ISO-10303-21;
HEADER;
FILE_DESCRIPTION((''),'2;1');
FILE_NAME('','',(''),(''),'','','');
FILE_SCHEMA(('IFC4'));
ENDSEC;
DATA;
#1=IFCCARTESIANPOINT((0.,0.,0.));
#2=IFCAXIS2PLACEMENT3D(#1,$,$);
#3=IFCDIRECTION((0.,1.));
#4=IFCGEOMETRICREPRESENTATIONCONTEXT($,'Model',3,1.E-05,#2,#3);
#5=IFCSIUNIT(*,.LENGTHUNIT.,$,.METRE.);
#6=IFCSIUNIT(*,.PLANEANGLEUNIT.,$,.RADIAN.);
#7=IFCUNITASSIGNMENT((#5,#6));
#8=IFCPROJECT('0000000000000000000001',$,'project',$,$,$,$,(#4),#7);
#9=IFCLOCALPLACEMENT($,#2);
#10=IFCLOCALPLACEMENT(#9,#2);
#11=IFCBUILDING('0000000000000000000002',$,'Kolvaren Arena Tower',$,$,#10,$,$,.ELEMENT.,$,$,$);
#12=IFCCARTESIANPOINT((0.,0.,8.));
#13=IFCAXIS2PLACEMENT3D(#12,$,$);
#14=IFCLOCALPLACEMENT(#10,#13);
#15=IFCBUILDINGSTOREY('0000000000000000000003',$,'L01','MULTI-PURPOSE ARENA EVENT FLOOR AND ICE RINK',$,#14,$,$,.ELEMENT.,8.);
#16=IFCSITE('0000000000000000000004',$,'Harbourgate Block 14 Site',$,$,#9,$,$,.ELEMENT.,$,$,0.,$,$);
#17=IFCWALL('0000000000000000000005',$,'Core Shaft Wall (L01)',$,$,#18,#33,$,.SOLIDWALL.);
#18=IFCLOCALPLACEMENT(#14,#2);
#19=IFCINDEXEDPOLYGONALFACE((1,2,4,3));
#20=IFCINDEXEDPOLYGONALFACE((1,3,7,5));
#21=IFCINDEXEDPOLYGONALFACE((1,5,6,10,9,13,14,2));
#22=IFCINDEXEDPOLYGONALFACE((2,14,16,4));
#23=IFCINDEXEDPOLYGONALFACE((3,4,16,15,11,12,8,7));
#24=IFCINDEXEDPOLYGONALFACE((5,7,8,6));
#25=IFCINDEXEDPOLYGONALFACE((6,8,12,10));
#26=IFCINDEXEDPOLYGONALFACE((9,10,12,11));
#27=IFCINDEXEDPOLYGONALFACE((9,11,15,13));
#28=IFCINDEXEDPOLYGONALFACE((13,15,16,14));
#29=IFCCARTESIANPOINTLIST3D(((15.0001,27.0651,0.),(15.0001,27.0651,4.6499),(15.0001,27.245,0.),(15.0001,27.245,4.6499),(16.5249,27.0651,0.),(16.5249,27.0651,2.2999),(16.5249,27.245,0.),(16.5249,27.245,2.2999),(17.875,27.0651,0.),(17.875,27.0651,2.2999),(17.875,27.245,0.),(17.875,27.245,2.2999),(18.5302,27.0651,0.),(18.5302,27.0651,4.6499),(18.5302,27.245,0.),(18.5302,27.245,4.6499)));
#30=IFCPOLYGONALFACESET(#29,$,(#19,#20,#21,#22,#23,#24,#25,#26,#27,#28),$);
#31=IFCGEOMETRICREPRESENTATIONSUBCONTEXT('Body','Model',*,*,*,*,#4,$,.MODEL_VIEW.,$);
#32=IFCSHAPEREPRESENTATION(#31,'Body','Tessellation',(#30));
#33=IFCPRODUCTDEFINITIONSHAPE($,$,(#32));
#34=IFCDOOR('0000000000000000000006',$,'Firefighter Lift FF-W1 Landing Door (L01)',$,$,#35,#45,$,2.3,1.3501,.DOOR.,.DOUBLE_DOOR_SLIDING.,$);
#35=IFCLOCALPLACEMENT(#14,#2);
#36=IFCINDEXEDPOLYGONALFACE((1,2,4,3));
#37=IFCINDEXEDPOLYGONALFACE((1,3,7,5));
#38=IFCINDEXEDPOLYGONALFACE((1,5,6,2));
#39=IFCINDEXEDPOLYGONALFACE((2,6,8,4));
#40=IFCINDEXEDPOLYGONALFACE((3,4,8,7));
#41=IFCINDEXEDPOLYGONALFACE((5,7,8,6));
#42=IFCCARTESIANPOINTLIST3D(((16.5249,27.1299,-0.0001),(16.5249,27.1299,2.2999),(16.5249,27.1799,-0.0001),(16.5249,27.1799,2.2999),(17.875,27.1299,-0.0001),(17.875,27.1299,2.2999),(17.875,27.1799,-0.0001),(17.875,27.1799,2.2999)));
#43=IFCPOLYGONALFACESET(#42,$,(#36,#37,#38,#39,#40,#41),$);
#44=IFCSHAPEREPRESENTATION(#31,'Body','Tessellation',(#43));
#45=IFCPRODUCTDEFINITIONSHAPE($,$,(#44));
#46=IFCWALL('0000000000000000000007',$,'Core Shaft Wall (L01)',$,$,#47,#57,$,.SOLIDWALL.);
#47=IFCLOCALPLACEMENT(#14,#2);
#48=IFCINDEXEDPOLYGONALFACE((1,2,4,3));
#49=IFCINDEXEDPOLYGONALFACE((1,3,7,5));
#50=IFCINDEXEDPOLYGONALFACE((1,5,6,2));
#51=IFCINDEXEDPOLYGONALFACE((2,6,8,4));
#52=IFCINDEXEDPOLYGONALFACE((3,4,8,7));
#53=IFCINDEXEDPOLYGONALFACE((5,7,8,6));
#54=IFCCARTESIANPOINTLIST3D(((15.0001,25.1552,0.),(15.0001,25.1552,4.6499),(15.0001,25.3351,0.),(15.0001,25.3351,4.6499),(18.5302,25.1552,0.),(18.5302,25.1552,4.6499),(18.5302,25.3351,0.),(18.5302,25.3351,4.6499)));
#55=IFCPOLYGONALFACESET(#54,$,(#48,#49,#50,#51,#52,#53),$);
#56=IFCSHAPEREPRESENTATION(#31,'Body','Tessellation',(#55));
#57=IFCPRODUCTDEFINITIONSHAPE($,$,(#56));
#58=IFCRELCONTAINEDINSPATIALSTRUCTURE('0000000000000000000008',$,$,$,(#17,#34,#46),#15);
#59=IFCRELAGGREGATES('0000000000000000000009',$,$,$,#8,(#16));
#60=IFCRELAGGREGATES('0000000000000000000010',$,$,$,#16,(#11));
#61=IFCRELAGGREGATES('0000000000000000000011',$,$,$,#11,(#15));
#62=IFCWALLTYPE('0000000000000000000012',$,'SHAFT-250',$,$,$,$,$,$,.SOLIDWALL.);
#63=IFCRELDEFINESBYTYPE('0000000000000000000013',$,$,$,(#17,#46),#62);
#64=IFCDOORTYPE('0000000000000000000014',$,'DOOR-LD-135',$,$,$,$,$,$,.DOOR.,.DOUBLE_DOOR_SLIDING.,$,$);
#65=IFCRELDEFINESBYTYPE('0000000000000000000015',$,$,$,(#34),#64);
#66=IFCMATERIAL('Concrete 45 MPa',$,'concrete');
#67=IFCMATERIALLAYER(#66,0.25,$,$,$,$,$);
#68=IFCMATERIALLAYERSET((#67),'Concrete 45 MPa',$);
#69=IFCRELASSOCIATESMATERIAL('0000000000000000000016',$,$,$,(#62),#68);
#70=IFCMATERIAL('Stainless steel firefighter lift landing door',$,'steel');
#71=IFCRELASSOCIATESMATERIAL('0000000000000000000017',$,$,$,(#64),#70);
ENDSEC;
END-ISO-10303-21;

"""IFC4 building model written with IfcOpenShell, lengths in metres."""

from ifc_helpers import new_model, si_unit, direction, frame, frame_2d, origin, place, context, subcontext, project, spatial, rectangle, extrude, material, layer, layer_set, type_object, element, fill, save


model = new_model("IFC4")

# Units and contexts
model_context = context("Model", 3, precision=1e-05, world=origin(), true_north=direction((0.0, 1.0)))
body_context = subcontext(model_context, "Body", "Model", "MODEL_VIEW")
ifc_project = project(units=[si_unit("LENGTHUNIT", "METRE"), si_unit("PLANEANGLEUNIT", "RADIAN")], contexts=[model_context])

# Site, building, storey
site_placement = place(None, origin())
site = spatial("IfcSite", under=ifc_project, at=site_placement, Name="Harbourgate Block 14 Site", CompositionType="ELEMENT", RefElevation=0.0)
building_placement = place(site_placement, origin())
building = spatial("IfcBuilding", under=site, at=building_placement, Name="Kolvaren Arena Tower", CompositionType="ELEMENT")
storey_placement = place(building_placement, frame((0.0, 0.0, 8.0)))
storey = spatial("IfcBuildingStorey", under=building, at=storey_placement, Name="L01", Description="MULTI-PURPOSE ARENA EVENT FLOOR AND ICE RINK", CompositionType="ELEMENT", Elevation=8.0)

# Shared definitions
ifc_material_1 = material(Name="Concrete 45 MPa", Category="concrete")
ifc_layer_1 = layer(ifc_material_1, 0.25)
ifc_layer_set_1 = layer_set([ifc_layer_1], Name="Concrete 45 MPa")
wall_type_1 = type_object("IfcWallType", Name="SHAFT-250", PredefinedType="SOLIDWALL", material=ifc_layer_set_1)

# Wall, opening, door
wall_1_placement = place(storey_placement, frame((15.0, 27.155, 0.0), z_axis=(0.0, 0.0, 1.0), x_axis=(1.0, 0.0, 0.0)))
wall_1 = element("IfcWall", 1, at=wall_1_placement, inside=storey, type_object=wall_type_1, Name="Core Shaft Wall (L01)", PredefinedType="SOLIDWALL", context=body_context, shape_type="SweptSolid", body=[
    extrude(rectangle(XDim=3.53, YDim=0.1799, at=frame_2d((1.7651, 0.0))), origin(), (0.0, 0.0, 1.0), 4.6499),
])
opening_1_placement = place(wall_1_placement, frame((1.5249, 0.0, 0.0)))
opening_1 = element("IfcOpeningElement", 2, at=opening_1_placement, cuts=wall_1, PredefinedType="OPENING", context=body_context, shape_type="SweptSolid", body=[
    extrude(rectangle(XDim=1.3501, YDim=2.3, at=frame_2d((0.675, 1.1499))), frame((0.0, 0.0999, 0.0), z_axis=(0.0, -1.0, 0.0), x_axis=(1.0, 0.0, 0.0)), (0.0, 0.0, 1.0), 0.2),
])
ifc_material_2 = material(Name="Stainless steel firefighter lift landing door", Category="steel")
door_type_1 = type_object("IfcDoorType", Name="DOOR-LD-135", OperationType="DOUBLE_DOOR_SLIDING", PredefinedType="DOOR", material=ifc_material_2)
door_1_placement = place(opening_1_placement, origin())
door_1 = element("IfcDoor", 3, at=door_1_placement, inside=storey, type_object=door_type_1, Name="Firefighter Lift FF-W1 Landing Door (L01)", OperationType="DOUBLE_DOOR_SLIDING", OverallHeight=2.3, OverallWidth=1.3501, PredefinedType="DOOR", context=body_context, shape_type="SweptSolid", body=[
    extrude(rectangle(XDim=1.3501, YDim=2.3, at=frame_2d((0.675, 1.1499))), frame((0.0, 0.0249, 0.0), z_axis=(0.0, -1.0, 0.0), x_axis=(1.0, 0.0, 0.0)), (0.0, 0.0, 1.0), 0.05),
])
fill(opening_1, door_1)

# Wall
wall_2_placement = place(storey_placement, frame((15.0, 25.2451, 0.0), z_axis=(0.0, 0.0, 1.0), x_axis=(1.0, 0.0, 0.0)))
element("IfcWall", 4, at=wall_2_placement, inside=storey, type_object=wall_type_1, Name="Core Shaft Wall (L01)", PredefinedType="SOLIDWALL", context=body_context, shape_type="SweptSolid", body=[
    extrude(rectangle(XDim=3.53, YDim=0.1799, at=frame_2d((1.7651, 0.0))), origin(), (0.0, 0.0, 1.0), 4.6499),
])

save(model, "model.ifc")
